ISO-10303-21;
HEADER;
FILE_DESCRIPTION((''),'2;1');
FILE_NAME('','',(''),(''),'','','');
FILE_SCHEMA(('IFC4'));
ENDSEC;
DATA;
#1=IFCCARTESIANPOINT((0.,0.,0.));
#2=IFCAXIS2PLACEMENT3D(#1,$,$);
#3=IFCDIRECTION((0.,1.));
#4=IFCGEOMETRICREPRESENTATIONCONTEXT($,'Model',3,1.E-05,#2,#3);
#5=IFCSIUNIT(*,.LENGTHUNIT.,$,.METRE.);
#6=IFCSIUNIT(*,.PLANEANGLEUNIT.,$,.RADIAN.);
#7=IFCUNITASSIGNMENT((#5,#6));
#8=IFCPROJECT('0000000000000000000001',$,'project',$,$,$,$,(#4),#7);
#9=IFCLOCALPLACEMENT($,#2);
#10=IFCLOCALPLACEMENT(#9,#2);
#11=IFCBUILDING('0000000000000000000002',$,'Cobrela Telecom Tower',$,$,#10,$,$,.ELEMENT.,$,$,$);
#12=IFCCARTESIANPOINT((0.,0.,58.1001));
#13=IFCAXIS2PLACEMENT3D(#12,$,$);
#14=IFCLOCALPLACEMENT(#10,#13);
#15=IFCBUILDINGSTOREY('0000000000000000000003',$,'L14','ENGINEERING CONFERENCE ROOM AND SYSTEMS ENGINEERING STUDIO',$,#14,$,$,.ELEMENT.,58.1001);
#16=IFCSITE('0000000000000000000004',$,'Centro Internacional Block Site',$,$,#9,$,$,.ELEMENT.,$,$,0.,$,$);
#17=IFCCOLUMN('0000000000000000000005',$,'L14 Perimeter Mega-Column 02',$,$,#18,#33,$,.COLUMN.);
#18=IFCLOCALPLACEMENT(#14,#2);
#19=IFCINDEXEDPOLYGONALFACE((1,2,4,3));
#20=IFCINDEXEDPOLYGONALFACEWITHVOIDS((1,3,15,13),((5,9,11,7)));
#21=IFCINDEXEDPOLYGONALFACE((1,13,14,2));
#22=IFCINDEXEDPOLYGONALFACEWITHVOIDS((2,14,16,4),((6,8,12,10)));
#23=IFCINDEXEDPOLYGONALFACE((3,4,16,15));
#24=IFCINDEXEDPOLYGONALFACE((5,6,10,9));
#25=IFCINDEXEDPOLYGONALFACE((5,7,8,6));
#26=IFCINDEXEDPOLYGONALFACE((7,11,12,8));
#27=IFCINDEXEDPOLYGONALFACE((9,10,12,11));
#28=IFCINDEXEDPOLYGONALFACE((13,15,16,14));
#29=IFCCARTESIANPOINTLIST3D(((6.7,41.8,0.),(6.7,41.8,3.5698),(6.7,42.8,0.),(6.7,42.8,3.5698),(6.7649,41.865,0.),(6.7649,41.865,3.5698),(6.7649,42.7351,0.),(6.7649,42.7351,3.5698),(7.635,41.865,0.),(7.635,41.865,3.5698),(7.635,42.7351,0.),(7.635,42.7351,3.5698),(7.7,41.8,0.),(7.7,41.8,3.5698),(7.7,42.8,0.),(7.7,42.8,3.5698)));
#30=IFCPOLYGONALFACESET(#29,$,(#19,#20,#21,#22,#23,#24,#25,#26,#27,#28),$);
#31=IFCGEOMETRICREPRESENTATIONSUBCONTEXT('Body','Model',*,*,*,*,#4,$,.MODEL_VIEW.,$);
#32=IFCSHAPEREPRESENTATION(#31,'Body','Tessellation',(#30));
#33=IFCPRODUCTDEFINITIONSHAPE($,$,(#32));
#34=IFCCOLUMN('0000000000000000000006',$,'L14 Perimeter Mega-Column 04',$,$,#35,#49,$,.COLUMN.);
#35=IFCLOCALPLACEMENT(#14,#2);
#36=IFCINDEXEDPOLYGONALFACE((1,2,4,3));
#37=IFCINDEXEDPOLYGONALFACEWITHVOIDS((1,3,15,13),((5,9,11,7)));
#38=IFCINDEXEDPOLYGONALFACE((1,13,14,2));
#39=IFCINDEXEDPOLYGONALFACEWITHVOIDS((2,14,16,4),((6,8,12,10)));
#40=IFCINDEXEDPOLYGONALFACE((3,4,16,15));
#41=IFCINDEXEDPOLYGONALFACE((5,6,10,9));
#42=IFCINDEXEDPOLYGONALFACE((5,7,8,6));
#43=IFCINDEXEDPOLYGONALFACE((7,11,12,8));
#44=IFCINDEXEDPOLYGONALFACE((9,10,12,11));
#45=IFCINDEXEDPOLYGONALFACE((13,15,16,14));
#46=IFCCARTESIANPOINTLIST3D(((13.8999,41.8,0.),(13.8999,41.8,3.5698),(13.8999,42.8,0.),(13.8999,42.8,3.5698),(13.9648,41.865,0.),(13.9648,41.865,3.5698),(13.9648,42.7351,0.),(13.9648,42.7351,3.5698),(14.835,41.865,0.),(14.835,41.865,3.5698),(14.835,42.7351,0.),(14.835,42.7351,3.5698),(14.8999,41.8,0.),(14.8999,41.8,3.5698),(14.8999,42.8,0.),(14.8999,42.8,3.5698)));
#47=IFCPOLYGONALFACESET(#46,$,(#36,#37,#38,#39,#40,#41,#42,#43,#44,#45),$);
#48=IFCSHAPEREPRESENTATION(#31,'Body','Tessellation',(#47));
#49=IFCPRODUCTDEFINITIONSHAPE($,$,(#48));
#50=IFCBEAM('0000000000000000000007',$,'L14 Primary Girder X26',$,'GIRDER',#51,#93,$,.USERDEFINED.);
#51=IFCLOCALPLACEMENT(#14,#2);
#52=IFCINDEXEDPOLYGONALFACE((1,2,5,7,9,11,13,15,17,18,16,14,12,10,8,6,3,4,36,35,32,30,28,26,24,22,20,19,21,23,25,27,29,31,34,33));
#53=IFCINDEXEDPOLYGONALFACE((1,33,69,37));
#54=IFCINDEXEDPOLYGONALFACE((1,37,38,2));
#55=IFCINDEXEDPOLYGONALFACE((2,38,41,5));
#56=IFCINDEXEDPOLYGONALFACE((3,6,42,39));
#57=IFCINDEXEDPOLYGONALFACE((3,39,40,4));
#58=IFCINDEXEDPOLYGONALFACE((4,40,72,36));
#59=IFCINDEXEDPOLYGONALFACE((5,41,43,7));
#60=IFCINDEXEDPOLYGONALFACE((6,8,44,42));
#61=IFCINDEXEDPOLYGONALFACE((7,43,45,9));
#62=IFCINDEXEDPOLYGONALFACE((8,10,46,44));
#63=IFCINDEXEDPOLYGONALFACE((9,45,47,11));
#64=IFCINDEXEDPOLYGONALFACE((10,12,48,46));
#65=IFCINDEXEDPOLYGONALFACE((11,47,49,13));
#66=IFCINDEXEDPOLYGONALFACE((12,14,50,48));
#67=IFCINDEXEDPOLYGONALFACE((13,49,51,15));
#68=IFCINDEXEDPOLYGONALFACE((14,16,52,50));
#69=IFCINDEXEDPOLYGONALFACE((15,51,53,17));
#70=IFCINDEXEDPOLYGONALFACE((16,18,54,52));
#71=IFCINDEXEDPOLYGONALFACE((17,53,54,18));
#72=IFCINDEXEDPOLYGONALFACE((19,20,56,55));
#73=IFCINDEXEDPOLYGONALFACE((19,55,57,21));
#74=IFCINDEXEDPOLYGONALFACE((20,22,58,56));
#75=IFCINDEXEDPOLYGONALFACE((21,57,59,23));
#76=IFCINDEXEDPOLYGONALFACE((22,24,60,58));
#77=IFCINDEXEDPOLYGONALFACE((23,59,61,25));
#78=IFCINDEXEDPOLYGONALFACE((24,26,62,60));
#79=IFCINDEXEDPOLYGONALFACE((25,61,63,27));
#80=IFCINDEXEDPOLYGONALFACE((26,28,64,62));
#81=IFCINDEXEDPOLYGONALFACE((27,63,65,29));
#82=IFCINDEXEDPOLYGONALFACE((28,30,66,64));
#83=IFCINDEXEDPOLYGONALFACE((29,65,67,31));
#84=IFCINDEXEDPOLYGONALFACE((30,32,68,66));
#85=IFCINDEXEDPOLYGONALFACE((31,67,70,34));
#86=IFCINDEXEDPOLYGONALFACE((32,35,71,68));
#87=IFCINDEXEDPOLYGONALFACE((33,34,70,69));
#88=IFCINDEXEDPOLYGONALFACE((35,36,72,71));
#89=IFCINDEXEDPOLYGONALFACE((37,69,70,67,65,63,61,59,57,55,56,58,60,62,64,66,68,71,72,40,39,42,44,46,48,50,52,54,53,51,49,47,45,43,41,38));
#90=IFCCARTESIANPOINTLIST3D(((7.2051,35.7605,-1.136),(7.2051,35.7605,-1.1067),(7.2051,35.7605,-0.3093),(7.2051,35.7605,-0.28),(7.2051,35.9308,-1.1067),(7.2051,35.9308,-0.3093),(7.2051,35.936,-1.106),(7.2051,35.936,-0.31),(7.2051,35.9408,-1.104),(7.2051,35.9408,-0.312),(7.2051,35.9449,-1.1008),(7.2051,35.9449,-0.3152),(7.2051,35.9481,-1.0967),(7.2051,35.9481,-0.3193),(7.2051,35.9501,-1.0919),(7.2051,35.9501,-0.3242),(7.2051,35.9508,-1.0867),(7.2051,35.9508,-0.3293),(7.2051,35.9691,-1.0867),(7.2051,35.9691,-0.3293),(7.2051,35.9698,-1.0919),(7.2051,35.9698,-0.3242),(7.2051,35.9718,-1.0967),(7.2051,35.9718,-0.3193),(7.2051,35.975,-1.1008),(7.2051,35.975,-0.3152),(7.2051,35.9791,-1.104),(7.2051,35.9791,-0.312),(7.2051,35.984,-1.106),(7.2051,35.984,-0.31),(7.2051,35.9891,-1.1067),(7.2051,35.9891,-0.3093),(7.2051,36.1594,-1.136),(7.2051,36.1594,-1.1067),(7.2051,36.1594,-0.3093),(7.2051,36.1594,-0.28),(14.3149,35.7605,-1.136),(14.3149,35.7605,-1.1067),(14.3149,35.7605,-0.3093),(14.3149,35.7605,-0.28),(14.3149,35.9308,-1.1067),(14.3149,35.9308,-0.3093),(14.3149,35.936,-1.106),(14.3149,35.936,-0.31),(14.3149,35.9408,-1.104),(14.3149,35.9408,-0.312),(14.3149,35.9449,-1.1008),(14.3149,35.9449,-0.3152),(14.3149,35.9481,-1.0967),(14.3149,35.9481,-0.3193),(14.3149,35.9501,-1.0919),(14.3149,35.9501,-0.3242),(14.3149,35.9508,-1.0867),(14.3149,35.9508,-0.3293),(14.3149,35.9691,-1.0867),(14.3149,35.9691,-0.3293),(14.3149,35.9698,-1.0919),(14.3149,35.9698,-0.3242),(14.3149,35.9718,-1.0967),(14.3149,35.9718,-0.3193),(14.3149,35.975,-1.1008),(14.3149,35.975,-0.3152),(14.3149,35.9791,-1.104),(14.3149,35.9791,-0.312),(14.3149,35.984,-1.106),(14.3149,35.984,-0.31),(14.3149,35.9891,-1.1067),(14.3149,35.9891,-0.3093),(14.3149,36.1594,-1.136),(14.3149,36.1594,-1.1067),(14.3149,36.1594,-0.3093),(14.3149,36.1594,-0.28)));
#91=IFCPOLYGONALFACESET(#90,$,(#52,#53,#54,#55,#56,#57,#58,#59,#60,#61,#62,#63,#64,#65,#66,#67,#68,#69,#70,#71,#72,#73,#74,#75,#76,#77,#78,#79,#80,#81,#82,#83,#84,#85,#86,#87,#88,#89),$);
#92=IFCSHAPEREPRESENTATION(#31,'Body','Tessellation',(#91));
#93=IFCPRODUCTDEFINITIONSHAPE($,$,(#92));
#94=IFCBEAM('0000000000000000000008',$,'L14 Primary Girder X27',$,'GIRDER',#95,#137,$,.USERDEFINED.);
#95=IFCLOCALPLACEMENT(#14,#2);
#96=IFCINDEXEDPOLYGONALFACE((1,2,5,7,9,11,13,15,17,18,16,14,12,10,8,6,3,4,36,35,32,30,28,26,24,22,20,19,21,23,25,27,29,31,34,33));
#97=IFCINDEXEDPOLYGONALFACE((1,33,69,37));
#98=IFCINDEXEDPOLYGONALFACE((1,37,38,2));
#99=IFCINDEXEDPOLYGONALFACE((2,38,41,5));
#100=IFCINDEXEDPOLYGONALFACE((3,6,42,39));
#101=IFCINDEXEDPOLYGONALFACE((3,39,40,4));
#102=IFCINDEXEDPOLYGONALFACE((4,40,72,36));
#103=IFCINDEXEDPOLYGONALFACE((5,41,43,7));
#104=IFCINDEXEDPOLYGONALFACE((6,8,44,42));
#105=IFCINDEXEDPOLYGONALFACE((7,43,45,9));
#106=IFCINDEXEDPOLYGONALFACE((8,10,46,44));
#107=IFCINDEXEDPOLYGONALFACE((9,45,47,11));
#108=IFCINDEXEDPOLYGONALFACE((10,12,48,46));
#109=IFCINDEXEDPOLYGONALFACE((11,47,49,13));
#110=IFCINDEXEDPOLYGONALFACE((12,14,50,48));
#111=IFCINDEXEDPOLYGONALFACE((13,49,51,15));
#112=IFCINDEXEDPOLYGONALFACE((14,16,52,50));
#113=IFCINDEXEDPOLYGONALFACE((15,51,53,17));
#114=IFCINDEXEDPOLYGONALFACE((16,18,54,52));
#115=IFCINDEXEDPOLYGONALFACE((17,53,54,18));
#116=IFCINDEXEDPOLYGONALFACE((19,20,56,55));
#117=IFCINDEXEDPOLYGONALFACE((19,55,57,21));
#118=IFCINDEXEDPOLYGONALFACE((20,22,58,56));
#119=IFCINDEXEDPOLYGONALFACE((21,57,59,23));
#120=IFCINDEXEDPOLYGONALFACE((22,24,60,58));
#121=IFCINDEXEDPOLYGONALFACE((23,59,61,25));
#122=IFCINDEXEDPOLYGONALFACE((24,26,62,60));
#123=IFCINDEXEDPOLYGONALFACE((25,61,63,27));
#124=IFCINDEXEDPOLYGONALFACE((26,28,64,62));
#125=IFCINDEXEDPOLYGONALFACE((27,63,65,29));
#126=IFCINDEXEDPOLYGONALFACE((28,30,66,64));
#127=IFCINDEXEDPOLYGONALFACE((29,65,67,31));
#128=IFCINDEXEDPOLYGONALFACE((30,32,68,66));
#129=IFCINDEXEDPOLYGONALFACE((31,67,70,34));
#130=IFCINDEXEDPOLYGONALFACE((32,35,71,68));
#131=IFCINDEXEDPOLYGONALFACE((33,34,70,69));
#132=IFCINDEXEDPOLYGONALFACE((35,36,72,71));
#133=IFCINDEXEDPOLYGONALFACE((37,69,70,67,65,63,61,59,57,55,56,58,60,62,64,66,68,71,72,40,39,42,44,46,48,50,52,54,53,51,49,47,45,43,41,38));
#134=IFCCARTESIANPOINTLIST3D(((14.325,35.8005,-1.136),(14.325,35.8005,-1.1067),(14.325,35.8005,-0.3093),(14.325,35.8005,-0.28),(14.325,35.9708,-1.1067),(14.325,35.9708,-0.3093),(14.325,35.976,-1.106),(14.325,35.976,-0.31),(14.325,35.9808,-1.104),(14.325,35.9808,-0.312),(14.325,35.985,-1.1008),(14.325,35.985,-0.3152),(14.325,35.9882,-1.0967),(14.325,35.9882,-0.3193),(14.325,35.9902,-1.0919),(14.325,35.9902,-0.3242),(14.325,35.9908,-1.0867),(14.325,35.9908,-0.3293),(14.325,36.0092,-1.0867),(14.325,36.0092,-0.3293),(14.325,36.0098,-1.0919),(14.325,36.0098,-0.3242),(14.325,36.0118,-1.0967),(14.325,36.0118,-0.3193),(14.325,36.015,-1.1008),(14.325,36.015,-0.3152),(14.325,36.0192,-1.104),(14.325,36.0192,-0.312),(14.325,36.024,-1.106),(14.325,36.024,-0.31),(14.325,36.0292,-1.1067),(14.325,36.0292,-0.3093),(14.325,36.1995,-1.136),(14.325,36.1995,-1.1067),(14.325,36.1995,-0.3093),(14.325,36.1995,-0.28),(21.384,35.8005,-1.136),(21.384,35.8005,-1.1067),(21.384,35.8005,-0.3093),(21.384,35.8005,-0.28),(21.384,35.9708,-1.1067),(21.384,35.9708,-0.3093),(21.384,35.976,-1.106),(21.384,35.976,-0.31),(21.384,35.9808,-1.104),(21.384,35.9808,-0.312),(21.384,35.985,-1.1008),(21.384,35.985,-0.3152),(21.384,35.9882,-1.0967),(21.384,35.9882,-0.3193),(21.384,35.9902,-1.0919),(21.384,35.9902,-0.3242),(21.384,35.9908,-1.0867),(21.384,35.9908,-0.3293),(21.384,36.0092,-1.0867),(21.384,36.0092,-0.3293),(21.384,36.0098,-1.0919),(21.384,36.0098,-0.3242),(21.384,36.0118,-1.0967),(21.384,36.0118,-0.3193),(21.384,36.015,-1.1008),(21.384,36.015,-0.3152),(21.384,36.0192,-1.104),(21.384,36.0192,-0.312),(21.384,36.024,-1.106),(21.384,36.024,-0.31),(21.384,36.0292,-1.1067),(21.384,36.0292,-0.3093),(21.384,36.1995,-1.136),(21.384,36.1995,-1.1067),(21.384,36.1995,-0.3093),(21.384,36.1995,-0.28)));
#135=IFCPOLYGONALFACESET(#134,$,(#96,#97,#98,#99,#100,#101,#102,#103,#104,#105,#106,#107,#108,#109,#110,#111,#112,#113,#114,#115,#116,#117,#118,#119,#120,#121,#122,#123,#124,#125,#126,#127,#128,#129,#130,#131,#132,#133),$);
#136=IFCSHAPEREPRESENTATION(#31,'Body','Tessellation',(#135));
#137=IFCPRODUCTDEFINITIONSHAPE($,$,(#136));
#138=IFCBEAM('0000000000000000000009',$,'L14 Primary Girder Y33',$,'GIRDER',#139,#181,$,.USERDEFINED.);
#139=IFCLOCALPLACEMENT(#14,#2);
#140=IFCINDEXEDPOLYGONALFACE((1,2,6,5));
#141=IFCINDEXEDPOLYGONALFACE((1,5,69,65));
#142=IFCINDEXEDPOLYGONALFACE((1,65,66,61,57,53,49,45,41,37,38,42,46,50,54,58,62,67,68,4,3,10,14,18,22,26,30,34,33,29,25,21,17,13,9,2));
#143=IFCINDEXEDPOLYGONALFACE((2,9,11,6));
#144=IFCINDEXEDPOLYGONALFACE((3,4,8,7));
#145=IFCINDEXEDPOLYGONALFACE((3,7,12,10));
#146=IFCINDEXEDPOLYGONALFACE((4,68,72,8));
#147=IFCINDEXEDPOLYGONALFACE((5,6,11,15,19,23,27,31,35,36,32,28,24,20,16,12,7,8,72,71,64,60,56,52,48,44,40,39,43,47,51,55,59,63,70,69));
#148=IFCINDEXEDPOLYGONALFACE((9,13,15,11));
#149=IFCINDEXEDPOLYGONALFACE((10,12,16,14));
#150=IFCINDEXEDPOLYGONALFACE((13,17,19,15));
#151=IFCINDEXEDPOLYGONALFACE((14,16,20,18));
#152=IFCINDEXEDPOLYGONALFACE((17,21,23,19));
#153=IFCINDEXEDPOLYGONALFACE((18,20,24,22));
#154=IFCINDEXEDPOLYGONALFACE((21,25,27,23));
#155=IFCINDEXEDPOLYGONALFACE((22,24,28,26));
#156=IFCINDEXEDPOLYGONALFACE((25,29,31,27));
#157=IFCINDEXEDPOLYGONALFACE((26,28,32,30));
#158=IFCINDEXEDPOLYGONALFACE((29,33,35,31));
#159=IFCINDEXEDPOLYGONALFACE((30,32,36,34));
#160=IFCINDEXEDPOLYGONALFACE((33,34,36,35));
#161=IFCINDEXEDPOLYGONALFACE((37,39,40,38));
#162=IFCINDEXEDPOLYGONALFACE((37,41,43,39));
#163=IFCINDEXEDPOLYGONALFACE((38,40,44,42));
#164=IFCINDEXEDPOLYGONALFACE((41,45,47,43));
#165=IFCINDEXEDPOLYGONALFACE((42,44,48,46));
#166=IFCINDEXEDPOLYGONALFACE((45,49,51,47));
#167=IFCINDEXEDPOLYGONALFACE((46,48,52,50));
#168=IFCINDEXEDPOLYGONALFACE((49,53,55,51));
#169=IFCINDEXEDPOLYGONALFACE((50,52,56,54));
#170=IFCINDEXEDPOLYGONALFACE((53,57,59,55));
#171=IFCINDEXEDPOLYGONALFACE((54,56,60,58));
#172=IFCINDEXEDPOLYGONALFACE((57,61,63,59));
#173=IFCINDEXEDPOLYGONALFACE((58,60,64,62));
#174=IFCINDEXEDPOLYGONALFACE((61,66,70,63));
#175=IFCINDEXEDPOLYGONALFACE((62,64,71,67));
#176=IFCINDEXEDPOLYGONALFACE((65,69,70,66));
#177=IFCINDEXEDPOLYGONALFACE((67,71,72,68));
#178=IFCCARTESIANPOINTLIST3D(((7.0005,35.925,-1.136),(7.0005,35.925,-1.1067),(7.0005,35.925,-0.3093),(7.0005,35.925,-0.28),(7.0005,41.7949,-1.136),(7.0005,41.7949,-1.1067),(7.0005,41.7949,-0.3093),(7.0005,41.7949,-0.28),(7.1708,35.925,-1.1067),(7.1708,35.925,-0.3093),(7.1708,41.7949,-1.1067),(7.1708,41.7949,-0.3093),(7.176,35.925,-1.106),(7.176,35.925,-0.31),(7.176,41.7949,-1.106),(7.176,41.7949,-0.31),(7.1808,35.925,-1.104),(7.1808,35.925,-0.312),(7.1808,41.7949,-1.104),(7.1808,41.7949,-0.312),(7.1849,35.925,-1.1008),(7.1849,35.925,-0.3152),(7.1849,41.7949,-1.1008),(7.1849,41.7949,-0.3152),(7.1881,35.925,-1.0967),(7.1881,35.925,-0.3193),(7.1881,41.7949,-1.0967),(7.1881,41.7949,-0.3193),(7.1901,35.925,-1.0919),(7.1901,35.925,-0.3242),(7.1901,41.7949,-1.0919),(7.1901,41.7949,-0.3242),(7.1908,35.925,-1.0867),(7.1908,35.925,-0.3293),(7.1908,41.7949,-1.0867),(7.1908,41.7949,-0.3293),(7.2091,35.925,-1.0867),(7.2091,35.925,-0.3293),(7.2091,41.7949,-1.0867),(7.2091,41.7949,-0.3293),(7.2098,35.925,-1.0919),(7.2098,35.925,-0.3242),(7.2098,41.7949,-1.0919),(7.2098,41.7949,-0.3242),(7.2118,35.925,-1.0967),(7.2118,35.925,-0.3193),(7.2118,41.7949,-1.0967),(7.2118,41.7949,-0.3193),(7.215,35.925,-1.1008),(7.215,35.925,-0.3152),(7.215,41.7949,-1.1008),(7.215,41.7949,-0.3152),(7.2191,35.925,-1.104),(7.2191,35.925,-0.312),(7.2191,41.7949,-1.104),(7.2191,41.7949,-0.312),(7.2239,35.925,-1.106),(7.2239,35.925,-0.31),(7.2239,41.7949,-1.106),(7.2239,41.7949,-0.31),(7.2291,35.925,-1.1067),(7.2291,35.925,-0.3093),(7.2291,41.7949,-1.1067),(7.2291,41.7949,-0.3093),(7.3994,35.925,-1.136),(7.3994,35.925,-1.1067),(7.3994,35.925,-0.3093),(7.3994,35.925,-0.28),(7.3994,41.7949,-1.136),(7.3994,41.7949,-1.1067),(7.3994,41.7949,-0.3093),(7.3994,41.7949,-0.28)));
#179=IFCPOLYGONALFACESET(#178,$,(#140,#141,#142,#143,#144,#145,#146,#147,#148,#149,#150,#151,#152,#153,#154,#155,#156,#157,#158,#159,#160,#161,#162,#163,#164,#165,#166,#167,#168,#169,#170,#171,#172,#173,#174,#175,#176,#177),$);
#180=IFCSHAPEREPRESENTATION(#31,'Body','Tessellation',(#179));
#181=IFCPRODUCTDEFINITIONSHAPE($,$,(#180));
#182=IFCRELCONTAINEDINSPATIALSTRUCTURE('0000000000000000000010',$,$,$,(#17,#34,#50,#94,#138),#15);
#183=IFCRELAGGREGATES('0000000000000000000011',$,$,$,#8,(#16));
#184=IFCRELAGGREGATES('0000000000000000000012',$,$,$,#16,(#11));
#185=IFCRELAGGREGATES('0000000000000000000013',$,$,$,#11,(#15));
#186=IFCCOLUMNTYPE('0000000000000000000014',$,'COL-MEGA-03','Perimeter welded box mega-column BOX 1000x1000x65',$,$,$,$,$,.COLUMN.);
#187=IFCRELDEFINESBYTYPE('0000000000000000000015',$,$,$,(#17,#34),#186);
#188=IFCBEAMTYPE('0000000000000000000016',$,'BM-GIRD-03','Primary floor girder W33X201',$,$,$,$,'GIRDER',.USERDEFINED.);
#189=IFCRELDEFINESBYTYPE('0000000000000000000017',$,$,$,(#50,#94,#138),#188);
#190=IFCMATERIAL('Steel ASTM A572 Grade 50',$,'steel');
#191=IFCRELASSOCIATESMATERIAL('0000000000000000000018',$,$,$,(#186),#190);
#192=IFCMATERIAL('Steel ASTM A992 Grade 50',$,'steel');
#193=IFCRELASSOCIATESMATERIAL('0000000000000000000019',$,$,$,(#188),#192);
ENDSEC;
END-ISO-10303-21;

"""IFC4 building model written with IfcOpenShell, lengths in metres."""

from ifc_helpers import new_model, si_unit, direction, frame, origin, origin_2d, place, context, subcontext, project, spatial, hollow_rectangle, i_section, extrude, material, material_profile, profile_set, type_object, element, save


model = new_model("IFC4")

# Units and contexts
model_context = context("Model", 3, precision=1e-05, world=origin(), true_north=direction((0.0, 1.0)))
body_context = subcontext(model_context, "Body", "Model", "MODEL_VIEW")
ifc_project = project(units=[si_unit("LENGTHUNIT", "METRE"), si_unit("PLANEANGLEUNIT", "RADIAN")], contexts=[model_context])

# Site, building, storey
site_placement = place(None, origin())
site = spatial("IfcSite", under=ifc_project, at=site_placement, Name="Centro Internacional Block Site", CompositionType="ELEMENT", RefElevation=0.0)
building_placement = place(site_placement, origin())
building = spatial("IfcBuilding", under=site, at=building_placement, Name="Cobrela Telecom Tower", CompositionType="ELEMENT")
storey_placement = place(building_placement, frame((0.0, 0.0, 58.1001)))
storey = spatial("IfcBuildingStorey", under=building, at=storey_placement, Name="L14", Description="ENGINEERING CONFERENCE ROOM AND SYSTEMS ENGINEERING STUDIO", CompositionType="ELEMENT", Elevation=58.1001)

# Columns
ifc_material_1 = material(Name="Steel ASTM A572 Grade 50", Category="steel")
ifc_material_profile_1 = material_profile(ifc_material_1, hollow_rectangle(XDim=1.0, YDim=1.0, WallThickness=0.0649, at=origin_2d()), Name="BOX 1000x1000x65")
ifc_profile_set_1 = profile_set([ifc_material_profile_1], Name="Steel ASTM A572 Grade 50")
column_type = type_object("IfcColumnType", Name="COL-MEGA-03", Description="Perimeter welded box mega-column BOX 1000x1000x65", PredefinedType="COLUMN", material=ifc_profile_set_1)
for number, where, z_axis, x_axis, name in (
    (1, (7.2, 42.3, 0.0), (0.0, 0.0, 1.0), (1.0, 0.0, 0.0), "L14 Perimeter Mega-Column 02"),
    (2, (14.3999, 42.3, 0.0), (0.0, 0.0, 1.0), (1.0, 0.0, 0.0), "L14 Perimeter Mega-Column 04"),
):
    element("IfcColumn", number, at=place(storey_placement, frame(where, z_axis=z_axis, x_axis=x_axis)), inside=storey, type_object=column_type, Name=name, PredefinedType="COLUMN", context=body_context, shape_type="SweptSolid", body=[
        extrude(hollow_rectangle(XDim=1.0, YDim=1.0, WallThickness=0.0649, at=origin_2d()), origin(), (0.0, 0.0, 1.0), 3.5698),
    ])

# Beams
ifc_material_2 = material(Name="Steel ASTM A992 Grade 50", Category="steel")
ifc_material_profile_2 = material_profile(ifc_material_2, i_section(OverallWidth=0.3989, OverallDepth=0.856, WebThickness=0.0183, FlangeThickness=0.0293, FilletRadius=0.02, at=origin_2d()), Name="W33X201")
ifc_profile_set_2 = profile_set([ifc_material_profile_2], Name="Steel ASTM A992 Grade 50")
beam_type_1 = type_object("IfcBeamType", Name="BM-GIRD-03", Description="Primary floor girder W33X201", ElementType="GIRDER", PredefinedType="USERDEFINED", material=ifc_profile_set_2)
beam_1_placement = place(storey_placement, frame((7.2051, 35.96, -0.708), z_axis=(1.0, 0.0, 0.0), x_axis=(0.0, 1.0, 0.0)))
element("IfcBeam", 3, at=beam_1_placement, inside=storey, type_object=beam_type_1, Name="L14 Primary Girder X26", ObjectType="GIRDER", PredefinedType="USERDEFINED", context=body_context, shape_type="SweptSolid", body=[
    extrude(i_section(OverallWidth=0.3989, OverallDepth=0.856, WebThickness=0.0183, FlangeThickness=0.0293, FilletRadius=0.02, at=origin_2d()), origin(), (0.0, 0.0, 1.0), 7.1099),
])
beam_2_placement = place(storey_placement, frame((14.325, 36.0, -0.708), z_axis=(1.0, 0.0, 0.0), x_axis=(0.0, 1.0, 0.0)))
element("IfcBeam", 4, at=beam_2_placement, inside=storey, type_object=beam_type_1, Name="L14 Primary Girder X27", ObjectType="GIRDER", PredefinedType="USERDEFINED", context=body_context, shape_type="SweptSolid", body=[
    extrude(i_section(OverallWidth=0.3989, OverallDepth=0.856, WebThickness=0.0183, FlangeThickness=0.0293, FilletRadius=0.02, at=origin_2d()), origin(), (0.0, 0.0, 1.0), 7.0591),
])
for number, where, z_axis, x_axis, name in (
    (5, (7.2, 35.925, -0.708), (0.0, 1.0, 0.0), (-1.0, 0.0, 0.0), "L14 Primary Girder Y33"),
):
    element("IfcBeam", number, at=place(storey_placement, frame(where, z_axis=z_axis, x_axis=x_axis)), inside=storey, type_object=beam_type_1, Name=name, ObjectType="GIRDER", PredefinedType="USERDEFINED", context=body_context, shape_type="SweptSolid", body=[
        extrude(i_section(OverallWidth=0.3989, OverallDepth=0.856, WebThickness=0.0183, FlangeThickness=0.0293, FilletRadius=0.02, at=origin_2d()), origin(), (0.0, 0.0, 1.0), 5.8699),
    ])

save(model, "model.ifc")
